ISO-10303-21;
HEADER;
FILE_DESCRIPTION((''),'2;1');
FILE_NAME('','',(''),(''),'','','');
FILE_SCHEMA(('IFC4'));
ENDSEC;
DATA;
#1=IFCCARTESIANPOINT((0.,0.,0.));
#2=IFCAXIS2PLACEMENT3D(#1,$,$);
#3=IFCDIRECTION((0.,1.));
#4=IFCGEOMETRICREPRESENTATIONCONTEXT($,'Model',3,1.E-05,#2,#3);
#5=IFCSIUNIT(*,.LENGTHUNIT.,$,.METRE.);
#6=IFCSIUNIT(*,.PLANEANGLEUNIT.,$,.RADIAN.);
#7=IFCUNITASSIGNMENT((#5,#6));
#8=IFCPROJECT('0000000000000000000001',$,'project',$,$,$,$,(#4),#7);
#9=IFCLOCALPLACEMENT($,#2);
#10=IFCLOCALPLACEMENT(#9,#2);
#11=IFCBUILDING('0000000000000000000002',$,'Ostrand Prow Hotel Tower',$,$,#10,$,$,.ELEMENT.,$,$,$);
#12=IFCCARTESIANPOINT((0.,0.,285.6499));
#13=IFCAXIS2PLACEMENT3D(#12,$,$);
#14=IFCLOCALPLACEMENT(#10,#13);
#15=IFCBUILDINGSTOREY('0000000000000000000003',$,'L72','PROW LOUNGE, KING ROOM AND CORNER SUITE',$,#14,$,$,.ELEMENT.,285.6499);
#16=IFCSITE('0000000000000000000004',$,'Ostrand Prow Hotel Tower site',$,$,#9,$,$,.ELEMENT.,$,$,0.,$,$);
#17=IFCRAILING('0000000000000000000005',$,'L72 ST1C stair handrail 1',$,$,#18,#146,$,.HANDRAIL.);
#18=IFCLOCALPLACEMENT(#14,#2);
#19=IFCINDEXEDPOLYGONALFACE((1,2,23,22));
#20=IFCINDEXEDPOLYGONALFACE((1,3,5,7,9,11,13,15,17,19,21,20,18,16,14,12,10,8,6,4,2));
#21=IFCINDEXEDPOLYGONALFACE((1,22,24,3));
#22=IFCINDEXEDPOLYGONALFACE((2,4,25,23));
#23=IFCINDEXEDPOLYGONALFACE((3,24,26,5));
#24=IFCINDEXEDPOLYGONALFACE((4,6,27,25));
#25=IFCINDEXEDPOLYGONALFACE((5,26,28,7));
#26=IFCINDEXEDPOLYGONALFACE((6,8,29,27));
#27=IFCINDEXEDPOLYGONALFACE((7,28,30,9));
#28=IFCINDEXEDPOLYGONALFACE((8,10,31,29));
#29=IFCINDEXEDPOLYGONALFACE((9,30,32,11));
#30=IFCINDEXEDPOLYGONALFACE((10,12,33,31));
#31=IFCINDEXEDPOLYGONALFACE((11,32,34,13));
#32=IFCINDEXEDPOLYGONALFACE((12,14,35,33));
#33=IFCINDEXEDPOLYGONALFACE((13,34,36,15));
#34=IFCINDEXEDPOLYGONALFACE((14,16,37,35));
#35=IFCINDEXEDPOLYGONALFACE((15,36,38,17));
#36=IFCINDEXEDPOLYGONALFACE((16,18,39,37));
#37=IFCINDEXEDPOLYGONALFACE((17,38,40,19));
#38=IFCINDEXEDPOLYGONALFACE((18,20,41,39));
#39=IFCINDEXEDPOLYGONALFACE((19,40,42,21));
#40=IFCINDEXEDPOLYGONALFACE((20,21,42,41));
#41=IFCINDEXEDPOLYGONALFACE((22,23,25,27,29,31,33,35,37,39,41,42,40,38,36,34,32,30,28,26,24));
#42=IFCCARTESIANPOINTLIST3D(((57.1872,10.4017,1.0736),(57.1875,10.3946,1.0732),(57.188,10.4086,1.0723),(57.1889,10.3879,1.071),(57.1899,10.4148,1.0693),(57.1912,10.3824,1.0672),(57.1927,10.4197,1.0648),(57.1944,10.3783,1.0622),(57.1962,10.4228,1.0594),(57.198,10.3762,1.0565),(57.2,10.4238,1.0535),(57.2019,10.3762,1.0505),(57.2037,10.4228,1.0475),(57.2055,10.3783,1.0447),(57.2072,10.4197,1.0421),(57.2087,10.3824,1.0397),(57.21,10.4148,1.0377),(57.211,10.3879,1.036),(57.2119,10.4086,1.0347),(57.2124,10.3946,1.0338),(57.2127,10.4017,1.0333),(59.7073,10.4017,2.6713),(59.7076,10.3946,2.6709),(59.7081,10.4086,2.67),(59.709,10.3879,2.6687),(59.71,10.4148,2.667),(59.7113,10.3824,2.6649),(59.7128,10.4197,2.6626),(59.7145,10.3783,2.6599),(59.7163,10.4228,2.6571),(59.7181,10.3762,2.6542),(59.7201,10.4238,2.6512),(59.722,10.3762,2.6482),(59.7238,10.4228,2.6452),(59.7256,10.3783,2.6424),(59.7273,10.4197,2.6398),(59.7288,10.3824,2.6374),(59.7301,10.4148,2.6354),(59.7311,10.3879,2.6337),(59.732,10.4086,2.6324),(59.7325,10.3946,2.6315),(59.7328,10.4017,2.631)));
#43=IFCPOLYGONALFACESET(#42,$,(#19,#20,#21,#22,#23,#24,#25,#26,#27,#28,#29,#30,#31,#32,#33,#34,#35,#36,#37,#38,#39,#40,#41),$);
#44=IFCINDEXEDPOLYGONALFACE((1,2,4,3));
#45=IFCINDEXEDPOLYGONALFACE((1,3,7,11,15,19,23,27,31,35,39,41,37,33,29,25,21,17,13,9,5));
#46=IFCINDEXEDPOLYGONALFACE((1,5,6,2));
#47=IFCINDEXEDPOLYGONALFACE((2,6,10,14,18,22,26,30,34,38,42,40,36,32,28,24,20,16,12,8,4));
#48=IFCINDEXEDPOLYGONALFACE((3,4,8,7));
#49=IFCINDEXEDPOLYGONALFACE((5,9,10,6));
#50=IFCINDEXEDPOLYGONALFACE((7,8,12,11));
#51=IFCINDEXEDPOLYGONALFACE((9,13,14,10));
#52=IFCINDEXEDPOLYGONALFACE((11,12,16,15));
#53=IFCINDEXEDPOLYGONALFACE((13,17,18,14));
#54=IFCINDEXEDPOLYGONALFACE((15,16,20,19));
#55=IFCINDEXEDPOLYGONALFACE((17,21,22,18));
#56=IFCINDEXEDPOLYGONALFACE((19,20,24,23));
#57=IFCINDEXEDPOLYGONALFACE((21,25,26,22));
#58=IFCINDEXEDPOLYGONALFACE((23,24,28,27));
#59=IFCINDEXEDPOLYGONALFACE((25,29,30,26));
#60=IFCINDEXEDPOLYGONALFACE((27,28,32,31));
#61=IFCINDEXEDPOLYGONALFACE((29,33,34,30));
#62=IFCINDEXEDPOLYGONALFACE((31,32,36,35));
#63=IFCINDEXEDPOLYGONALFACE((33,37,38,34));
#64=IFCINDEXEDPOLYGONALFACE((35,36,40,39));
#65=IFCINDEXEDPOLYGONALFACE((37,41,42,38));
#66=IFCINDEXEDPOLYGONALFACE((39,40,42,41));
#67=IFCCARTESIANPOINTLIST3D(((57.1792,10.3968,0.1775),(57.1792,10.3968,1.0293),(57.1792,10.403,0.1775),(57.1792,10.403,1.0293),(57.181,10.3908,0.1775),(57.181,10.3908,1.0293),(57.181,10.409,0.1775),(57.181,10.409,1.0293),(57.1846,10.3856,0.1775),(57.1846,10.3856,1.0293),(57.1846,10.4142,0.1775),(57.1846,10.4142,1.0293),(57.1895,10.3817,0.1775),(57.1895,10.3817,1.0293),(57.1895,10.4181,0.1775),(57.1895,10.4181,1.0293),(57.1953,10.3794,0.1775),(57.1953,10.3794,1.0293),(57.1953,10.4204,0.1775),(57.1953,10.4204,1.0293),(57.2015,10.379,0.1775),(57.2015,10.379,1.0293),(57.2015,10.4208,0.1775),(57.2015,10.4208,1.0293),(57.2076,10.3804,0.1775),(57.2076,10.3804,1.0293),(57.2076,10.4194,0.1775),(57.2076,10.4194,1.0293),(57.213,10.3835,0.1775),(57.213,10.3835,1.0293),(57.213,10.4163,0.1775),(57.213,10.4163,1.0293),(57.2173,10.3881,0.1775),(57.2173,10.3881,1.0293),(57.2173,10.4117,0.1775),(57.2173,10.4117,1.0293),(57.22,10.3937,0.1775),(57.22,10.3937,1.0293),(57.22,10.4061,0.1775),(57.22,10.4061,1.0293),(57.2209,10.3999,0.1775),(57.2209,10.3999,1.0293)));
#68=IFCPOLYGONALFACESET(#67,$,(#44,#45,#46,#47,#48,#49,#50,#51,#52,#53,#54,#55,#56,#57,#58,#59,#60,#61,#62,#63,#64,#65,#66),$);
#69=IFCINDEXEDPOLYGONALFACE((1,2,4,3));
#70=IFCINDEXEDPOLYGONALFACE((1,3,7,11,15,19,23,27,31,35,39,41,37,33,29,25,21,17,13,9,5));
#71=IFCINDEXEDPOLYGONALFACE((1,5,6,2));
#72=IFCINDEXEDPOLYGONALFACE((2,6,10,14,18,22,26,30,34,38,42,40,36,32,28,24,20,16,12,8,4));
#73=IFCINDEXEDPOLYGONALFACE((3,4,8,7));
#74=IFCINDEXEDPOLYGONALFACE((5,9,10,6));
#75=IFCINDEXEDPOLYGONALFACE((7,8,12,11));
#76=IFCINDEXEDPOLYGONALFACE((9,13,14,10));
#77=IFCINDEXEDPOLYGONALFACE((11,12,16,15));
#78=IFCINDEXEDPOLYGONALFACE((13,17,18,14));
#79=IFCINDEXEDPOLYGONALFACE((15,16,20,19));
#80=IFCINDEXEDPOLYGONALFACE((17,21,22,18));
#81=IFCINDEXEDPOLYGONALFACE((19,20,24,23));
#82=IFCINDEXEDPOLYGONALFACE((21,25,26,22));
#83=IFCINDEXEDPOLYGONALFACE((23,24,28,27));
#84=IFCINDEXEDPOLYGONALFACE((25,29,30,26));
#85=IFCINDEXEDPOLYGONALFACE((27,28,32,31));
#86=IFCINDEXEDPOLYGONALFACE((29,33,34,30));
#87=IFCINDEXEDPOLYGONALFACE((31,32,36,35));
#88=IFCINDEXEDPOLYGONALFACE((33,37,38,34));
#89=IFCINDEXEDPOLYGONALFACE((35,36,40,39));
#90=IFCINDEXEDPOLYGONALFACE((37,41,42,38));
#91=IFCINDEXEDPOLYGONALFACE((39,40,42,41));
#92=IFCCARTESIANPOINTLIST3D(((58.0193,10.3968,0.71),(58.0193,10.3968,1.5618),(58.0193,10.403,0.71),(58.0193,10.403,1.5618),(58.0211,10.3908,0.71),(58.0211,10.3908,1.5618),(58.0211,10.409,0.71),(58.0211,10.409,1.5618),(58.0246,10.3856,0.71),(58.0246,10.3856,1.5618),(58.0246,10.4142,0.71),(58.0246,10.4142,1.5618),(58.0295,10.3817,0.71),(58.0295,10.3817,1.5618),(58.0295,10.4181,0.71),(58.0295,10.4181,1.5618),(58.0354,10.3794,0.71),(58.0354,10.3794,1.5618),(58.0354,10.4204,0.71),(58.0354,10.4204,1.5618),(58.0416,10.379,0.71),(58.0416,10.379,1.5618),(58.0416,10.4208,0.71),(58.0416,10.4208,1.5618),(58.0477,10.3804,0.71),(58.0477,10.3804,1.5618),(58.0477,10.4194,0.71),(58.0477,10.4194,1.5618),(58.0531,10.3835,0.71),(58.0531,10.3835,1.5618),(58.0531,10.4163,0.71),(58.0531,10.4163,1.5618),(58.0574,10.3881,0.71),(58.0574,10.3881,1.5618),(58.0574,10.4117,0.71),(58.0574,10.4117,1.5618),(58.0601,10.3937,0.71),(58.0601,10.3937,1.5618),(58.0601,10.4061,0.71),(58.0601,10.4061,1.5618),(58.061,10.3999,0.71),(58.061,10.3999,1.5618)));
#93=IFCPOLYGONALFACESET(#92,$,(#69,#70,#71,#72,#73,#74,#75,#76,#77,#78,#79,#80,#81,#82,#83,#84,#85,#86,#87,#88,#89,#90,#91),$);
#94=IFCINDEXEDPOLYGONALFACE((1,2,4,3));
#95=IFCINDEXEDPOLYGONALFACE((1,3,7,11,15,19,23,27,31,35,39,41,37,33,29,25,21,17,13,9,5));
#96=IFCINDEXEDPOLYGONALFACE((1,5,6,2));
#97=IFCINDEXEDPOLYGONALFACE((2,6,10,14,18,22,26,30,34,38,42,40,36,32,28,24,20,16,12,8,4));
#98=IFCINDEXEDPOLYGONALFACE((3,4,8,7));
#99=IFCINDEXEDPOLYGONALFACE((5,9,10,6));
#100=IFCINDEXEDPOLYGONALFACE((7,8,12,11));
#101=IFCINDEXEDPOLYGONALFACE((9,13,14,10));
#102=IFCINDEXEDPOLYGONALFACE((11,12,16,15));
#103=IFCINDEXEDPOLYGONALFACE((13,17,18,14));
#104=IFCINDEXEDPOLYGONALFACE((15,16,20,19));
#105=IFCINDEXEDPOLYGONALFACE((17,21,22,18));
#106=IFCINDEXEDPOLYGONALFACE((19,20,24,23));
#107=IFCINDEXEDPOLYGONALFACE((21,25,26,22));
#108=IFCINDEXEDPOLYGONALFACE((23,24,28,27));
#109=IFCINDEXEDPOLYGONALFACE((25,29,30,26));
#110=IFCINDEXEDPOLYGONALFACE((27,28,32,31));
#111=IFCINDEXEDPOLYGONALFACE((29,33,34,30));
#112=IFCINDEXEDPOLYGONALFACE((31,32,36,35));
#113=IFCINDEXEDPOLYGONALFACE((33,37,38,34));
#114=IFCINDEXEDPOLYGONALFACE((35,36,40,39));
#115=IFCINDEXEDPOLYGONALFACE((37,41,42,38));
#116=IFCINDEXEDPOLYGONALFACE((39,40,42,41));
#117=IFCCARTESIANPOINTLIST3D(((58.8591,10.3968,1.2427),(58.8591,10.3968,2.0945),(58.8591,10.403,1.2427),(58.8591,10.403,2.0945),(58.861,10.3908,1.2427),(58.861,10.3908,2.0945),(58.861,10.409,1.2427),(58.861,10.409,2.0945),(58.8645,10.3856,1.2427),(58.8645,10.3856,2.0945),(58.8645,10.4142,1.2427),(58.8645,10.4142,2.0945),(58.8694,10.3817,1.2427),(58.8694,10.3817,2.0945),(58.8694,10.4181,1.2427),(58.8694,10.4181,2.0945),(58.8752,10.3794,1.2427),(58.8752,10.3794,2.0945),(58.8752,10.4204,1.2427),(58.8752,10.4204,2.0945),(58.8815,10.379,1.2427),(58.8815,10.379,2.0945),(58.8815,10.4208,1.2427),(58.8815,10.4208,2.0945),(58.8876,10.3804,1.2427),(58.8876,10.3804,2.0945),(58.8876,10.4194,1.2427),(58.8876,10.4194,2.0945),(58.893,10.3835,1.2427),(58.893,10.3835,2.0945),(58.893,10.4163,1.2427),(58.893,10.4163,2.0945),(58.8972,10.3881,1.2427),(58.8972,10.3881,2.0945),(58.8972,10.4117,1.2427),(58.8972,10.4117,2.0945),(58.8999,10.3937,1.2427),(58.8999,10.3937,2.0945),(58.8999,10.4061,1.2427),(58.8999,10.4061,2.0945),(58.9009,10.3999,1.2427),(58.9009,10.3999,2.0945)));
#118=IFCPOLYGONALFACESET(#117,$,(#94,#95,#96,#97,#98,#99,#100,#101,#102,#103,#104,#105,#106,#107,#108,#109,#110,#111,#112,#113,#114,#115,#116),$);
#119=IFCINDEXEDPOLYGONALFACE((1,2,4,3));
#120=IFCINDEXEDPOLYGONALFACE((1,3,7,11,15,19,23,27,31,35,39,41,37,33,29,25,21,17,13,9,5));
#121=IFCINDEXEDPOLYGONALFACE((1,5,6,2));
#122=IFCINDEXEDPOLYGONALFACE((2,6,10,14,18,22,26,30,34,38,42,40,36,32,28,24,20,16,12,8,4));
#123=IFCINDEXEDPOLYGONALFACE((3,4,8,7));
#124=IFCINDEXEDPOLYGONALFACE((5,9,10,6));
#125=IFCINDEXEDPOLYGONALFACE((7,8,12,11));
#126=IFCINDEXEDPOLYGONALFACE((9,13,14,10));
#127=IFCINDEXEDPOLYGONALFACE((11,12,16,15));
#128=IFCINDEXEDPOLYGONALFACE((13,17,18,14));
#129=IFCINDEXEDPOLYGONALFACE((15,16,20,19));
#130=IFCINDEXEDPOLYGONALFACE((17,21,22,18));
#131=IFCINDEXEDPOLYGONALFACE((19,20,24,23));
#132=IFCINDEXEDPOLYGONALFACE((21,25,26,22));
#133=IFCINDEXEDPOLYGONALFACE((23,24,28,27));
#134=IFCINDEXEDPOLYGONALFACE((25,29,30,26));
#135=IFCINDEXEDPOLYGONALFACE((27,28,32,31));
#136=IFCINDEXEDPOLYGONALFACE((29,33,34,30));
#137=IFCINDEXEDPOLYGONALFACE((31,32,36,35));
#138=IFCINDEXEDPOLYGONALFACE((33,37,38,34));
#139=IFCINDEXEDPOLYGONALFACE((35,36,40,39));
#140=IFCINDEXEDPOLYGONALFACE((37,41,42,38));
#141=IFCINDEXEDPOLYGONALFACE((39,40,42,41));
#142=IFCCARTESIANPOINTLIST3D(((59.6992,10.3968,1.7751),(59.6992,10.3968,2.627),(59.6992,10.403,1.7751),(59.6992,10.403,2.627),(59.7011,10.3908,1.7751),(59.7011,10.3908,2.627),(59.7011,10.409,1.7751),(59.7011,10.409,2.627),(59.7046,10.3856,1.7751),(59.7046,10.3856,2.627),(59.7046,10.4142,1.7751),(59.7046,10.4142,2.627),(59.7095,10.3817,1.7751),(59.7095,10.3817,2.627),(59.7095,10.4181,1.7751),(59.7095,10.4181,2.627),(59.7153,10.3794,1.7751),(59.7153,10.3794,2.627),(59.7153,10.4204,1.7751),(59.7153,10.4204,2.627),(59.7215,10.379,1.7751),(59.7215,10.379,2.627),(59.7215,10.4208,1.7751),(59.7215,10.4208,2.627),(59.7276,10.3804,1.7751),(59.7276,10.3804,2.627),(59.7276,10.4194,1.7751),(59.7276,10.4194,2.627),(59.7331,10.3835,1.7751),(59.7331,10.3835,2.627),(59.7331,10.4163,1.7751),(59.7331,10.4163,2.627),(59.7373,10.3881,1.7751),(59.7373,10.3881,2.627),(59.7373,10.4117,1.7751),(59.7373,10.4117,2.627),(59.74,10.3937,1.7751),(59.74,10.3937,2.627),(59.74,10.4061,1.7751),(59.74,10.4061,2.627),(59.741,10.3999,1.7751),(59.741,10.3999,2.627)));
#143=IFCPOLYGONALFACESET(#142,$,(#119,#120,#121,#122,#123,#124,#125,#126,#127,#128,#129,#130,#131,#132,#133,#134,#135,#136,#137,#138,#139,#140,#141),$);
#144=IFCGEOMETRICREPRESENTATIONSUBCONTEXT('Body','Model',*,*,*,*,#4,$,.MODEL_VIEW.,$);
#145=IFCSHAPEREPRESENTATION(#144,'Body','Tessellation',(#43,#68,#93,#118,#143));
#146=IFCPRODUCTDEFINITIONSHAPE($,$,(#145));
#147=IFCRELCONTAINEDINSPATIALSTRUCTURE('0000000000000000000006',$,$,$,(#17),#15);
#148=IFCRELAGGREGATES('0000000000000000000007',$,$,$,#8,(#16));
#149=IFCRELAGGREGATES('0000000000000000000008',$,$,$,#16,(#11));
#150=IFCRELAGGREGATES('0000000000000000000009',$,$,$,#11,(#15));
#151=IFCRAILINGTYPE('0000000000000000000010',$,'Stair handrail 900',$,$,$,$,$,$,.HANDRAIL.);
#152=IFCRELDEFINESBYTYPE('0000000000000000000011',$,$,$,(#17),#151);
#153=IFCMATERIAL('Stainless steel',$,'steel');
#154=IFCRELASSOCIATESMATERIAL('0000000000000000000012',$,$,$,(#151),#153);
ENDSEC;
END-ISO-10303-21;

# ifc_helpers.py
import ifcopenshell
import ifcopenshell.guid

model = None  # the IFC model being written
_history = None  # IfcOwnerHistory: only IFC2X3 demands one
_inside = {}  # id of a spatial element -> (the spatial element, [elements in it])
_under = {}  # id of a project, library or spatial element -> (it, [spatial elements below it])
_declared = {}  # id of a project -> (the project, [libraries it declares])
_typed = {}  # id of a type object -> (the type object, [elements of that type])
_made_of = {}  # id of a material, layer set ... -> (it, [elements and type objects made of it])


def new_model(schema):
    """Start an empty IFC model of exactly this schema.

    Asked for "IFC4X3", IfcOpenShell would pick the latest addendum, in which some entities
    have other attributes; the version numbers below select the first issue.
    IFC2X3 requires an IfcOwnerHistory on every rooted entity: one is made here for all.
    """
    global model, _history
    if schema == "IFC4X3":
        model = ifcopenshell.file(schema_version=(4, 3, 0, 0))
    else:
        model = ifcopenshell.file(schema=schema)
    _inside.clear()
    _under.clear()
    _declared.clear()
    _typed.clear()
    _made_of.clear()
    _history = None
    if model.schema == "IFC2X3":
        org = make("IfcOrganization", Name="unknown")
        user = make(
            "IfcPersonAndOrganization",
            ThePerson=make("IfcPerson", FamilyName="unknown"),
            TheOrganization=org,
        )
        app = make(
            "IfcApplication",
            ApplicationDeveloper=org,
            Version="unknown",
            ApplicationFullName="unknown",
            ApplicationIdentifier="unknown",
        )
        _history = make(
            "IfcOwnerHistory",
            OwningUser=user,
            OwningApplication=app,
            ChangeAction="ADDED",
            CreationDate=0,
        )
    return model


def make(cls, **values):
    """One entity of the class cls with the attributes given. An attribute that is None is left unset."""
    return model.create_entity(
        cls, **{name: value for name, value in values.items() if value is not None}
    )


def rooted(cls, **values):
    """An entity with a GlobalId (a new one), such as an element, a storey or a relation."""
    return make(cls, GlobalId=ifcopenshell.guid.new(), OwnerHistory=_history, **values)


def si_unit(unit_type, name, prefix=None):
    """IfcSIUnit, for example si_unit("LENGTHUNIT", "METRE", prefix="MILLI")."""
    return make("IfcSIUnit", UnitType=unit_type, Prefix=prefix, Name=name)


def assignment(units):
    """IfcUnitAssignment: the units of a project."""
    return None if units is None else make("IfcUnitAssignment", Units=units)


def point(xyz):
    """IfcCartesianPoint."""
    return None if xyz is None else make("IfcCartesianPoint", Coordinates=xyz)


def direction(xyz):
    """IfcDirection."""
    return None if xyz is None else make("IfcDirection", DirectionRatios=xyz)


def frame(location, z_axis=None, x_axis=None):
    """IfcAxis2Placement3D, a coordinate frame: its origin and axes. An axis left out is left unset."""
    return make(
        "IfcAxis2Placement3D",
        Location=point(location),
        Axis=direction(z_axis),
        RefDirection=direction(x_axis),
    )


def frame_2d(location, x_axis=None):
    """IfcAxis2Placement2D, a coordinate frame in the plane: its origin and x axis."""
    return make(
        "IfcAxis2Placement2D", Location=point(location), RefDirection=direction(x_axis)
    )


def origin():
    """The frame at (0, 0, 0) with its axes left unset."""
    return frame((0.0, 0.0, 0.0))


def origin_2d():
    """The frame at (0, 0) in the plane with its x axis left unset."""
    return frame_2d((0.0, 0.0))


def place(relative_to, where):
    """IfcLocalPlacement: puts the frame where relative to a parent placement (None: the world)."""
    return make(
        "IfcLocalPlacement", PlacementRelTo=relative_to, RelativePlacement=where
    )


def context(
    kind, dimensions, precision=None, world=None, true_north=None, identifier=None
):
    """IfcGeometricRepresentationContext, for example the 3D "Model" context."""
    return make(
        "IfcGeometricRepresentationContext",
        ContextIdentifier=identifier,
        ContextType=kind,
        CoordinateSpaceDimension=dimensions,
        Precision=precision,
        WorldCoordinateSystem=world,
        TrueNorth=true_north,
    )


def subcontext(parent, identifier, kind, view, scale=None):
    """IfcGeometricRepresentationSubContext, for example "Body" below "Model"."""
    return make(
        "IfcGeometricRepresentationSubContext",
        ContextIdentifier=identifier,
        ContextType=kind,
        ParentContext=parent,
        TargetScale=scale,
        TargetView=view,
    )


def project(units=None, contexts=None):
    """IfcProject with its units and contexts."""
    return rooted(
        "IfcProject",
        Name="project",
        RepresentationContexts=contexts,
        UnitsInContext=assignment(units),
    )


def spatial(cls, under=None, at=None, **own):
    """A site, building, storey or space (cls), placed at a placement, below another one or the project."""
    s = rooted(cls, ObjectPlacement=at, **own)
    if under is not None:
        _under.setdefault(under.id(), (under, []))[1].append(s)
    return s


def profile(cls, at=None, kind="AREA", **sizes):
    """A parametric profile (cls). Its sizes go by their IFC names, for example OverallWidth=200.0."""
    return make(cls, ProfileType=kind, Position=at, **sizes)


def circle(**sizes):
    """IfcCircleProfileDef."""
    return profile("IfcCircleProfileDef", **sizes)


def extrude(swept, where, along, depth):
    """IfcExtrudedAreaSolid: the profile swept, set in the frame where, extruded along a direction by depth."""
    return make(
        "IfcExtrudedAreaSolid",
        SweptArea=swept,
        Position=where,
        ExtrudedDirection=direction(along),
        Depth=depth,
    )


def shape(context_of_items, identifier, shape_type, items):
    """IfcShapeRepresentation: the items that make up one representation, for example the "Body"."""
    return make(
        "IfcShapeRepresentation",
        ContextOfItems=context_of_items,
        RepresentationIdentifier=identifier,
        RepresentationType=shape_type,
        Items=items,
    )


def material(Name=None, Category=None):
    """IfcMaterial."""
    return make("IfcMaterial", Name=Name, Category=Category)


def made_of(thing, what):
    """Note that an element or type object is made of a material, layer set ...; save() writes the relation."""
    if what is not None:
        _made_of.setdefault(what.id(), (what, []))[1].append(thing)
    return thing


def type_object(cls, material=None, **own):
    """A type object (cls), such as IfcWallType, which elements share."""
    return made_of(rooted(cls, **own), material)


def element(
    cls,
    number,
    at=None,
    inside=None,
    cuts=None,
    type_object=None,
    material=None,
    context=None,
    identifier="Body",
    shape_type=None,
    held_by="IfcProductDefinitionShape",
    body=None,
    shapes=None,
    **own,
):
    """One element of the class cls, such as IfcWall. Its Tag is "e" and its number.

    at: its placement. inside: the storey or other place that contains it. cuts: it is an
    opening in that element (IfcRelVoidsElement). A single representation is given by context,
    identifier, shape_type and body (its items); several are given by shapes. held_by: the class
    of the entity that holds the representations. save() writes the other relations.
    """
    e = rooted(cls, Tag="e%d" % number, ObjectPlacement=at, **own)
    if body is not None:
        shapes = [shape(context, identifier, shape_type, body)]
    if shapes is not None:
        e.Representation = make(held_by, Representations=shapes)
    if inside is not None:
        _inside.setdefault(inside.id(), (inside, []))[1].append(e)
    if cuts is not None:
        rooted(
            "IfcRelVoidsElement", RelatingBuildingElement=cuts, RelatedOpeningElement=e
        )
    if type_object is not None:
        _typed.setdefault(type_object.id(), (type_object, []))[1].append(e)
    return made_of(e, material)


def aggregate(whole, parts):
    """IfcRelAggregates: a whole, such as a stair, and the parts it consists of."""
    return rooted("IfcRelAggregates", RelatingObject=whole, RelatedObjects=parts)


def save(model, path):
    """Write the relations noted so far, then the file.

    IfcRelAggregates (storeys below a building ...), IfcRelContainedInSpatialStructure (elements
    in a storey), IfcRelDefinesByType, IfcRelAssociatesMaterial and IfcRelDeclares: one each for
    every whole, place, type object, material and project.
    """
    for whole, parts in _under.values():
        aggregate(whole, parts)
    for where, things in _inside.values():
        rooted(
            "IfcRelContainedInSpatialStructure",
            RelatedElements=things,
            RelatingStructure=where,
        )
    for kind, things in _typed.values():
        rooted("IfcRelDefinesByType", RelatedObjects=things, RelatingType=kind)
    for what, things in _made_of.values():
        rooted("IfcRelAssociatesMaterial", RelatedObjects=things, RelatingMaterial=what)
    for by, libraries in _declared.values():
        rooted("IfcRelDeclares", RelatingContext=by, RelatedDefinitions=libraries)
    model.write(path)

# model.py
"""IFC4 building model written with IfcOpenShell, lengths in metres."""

from ifc_helpers import new_model, si_unit, direction, frame, origin, origin_2d, place, context, subcontext, project, spatial, circle, extrude, material, type_object, element, save


model = new_model("IFC4")

# Units and contexts
model_context = context("Model", 3, precision=1e-05, world=origin(), true_north=direction((0.0, 1.0)))
body_context = subcontext(model_context, "Body", "Model", "MODEL_VIEW")
ifc_project = project(units=[si_unit("LENGTHUNIT", "METRE"), si_unit("PLANEANGLEUNIT", "RADIAN")], contexts=[model_context])

# Site, building, storey
site_placement = place(None, origin())
site = spatial("IfcSite", under=ifc_project, at=site_placement, Name="Ostrand Prow Hotel Tower site", CompositionType="ELEMENT", RefElevation=0.0)
building_placement = place(site_placement, origin())
building = spatial("IfcBuilding", under=site, at=building_placement, Name="Ostrand Prow Hotel Tower", CompositionType="ELEMENT")
storey_placement = place(building_placement, frame((0.0, 0.0, 285.6499)))
storey = spatial("IfcBuildingStorey", under=building, at=storey_placement, Name="L72", Description="PROW LOUNGE, KING ROOM AND CORNER SUITE", CompositionType="ELEMENT", Elevation=285.6499)

# Railing
ifc_material_1 = material(Name="Stainless steel", Category="steel")
railing_type_1 = type_object("IfcRailingType", Name="Stair handrail 900", PredefinedType="HANDRAIL", material=ifc_material_1)
railing_1_placement = place(storey_placement, frame((57.2, 10.3999, 0.1775)))
element("IfcRailing", 1, at=railing_1_placement, inside=storey, type_object=railing_type_1, Name="L72 ST1C stair handrail 1", PredefinedType="HANDRAIL", context=body_context, shape_type="SweptSolid", body=[
    extrude(circle(Radius=0.0239, at=origin_2d()), frame((0.0, 0.0, 0.876), z_axis=(0.84457, 0.0, 0.535445), x_axis=(0.0, 1.0, 0.0)), (0.0, 0.0, 1.0), 2.9839),
    extrude(circle(Radius=0.021, at=origin_2d()), origin(), (0.0, 0.0, 1.0), 0.8518),
    extrude(circle(Radius=0.021, at=origin_2d()), frame((0.8401, 0.0, 0.5325)), (0.0, 0.0, 1.0), 0.8518),
    extrude(circle(Radius=0.021, at=origin_2d()), frame((1.6799, 0.0, 1.0652)), (0.0, 0.0, 1.0), 0.8518),
    extrude(circle(Radius=0.021, at=origin_2d()), frame((2.52, 0.0, 1.5977)), (0.0, 0.0, 1.0), 0.8518),
])

save(model, "model.ifc")
